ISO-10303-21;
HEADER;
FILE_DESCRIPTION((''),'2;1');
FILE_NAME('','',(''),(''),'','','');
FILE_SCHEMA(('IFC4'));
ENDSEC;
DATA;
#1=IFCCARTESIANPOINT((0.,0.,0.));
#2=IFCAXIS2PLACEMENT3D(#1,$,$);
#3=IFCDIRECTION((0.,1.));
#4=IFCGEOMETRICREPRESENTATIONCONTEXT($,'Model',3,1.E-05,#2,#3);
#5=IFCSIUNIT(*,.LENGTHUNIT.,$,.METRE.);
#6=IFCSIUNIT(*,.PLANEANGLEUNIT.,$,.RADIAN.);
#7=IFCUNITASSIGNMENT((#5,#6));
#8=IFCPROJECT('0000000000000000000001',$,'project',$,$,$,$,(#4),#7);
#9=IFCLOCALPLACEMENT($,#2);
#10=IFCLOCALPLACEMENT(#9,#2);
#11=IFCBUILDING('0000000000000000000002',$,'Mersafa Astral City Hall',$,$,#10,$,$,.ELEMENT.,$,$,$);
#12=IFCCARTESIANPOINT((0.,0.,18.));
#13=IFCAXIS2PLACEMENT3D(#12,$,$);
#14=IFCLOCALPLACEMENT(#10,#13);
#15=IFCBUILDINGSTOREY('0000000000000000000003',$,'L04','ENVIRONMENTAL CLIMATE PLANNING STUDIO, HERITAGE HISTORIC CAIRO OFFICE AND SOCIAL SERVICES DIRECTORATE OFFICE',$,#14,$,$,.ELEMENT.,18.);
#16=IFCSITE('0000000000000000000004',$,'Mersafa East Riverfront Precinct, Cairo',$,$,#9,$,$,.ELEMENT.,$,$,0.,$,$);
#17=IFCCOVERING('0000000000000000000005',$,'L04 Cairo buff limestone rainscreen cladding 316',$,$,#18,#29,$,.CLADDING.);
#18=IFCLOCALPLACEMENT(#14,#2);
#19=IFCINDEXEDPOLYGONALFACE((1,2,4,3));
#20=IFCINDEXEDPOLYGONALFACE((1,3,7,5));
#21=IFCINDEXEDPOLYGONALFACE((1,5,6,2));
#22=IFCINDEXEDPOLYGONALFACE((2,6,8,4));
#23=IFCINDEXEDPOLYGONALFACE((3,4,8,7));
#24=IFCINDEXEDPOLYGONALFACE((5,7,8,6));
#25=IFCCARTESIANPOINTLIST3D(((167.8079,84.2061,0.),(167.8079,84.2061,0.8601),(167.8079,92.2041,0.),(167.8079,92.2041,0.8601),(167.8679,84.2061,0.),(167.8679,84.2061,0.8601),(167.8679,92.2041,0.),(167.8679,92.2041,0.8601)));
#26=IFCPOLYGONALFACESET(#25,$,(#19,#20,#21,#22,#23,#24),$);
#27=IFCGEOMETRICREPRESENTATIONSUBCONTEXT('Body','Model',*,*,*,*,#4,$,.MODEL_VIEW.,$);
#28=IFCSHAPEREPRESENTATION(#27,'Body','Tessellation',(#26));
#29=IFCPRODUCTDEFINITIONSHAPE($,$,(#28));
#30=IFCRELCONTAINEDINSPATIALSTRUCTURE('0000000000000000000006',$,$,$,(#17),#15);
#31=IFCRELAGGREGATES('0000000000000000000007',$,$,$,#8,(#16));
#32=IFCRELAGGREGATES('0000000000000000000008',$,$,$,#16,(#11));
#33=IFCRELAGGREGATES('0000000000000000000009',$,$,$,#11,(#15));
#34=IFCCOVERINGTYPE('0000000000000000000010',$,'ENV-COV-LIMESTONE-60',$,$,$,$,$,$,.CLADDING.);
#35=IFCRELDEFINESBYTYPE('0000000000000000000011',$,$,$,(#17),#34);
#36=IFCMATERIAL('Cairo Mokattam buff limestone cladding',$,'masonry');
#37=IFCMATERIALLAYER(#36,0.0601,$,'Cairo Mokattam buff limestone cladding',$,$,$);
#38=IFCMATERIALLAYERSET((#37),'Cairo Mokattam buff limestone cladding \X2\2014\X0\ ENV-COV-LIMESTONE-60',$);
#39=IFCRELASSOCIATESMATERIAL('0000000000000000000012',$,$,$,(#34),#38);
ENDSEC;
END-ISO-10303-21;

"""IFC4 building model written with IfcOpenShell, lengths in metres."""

from ifc_helpers import new_model, si_unit, direction, frame, origin, origin_2d, place, context, subcontext, project, spatial, rectangle, extrude, material, layer, layer_set, type_object, element, save


model = new_model("IFC4")

# Units and contexts
model_context = context("Model", 3, precision=1e-05, world=origin(), true_north=direction((0.0, 1.0)))
body_context = subcontext(model_context, "Body", "Model", "MODEL_VIEW")
ifc_project = project(units=[si_unit("LENGTHUNIT", "METRE"), si_unit("PLANEANGLEUNIT", "RADIAN")], contexts=[model_context])

# Site, building, storey
site_placement = place(None, origin())
site = spatial("IfcSite", under=ifc_project, at=site_placement, Name="Mersafa East Riverfront Precinct, Cairo", CompositionType="ELEMENT", RefElevation=0.0)
building_placement = place(site_placement, origin())
building = spatial("IfcBuilding", under=site, at=building_placement, Name="Mersafa Astral City Hall", CompositionType="ELEMENT")
storey_placement = place(building_placement, frame((0.0, 0.0, 18.0)))
storey = spatial("IfcBuildingStorey", under=building, at=storey_placement, Name="L04", Description="ENVIRONMENTAL CLIMATE PLANNING STUDIO, HERITAGE HISTORIC CAIRO OFFICE AND SOCIAL SERVICES DIRECTORATE OFFICE", CompositionType="ELEMENT", Elevation=18.0)

# Covering
ifc_material_1 = material(Name="Cairo Mokattam buff limestone cladding", Category="masonry")
ifc_layer_1 = layer(ifc_material_1, 0.0601, Name="Cairo Mokattam buff limestone cladding")
ifc_layer_set_1 = layer_set([ifc_layer_1], Name="Cairo Mokattam buff limestone cladding — ENV-COV-LIMESTONE-60")
covering_type = type_object("IfcCoveringType", Name="ENV-COV-LIMESTONE-60", PredefinedType="CLADDING", material=ifc_layer_set_1)
for number, where, z_axis, x_axis, name in (
    (1, (167.8379, 88.2051, 0.0), (0.0, 0.0, 1.0), (0.0, -1.0, 0.0), "L04 Cairo buff limestone rainscreen cladding 316"),
):
    element("IfcCovering", number, at=place(storey_placement, frame(where, z_axis=z_axis, x_axis=x_axis)), inside=storey, type_object=covering_type, Name=name, PredefinedType="CLADDING", context=body_context, shape_type="SweptSolid", body=[
        extrude(rectangle(XDim=7.998, YDim=0.0601, at=origin_2d()), origin(), (0.0, 0.0, 1.0), 0.8601),
    ])

save(model, "model.ifc")
